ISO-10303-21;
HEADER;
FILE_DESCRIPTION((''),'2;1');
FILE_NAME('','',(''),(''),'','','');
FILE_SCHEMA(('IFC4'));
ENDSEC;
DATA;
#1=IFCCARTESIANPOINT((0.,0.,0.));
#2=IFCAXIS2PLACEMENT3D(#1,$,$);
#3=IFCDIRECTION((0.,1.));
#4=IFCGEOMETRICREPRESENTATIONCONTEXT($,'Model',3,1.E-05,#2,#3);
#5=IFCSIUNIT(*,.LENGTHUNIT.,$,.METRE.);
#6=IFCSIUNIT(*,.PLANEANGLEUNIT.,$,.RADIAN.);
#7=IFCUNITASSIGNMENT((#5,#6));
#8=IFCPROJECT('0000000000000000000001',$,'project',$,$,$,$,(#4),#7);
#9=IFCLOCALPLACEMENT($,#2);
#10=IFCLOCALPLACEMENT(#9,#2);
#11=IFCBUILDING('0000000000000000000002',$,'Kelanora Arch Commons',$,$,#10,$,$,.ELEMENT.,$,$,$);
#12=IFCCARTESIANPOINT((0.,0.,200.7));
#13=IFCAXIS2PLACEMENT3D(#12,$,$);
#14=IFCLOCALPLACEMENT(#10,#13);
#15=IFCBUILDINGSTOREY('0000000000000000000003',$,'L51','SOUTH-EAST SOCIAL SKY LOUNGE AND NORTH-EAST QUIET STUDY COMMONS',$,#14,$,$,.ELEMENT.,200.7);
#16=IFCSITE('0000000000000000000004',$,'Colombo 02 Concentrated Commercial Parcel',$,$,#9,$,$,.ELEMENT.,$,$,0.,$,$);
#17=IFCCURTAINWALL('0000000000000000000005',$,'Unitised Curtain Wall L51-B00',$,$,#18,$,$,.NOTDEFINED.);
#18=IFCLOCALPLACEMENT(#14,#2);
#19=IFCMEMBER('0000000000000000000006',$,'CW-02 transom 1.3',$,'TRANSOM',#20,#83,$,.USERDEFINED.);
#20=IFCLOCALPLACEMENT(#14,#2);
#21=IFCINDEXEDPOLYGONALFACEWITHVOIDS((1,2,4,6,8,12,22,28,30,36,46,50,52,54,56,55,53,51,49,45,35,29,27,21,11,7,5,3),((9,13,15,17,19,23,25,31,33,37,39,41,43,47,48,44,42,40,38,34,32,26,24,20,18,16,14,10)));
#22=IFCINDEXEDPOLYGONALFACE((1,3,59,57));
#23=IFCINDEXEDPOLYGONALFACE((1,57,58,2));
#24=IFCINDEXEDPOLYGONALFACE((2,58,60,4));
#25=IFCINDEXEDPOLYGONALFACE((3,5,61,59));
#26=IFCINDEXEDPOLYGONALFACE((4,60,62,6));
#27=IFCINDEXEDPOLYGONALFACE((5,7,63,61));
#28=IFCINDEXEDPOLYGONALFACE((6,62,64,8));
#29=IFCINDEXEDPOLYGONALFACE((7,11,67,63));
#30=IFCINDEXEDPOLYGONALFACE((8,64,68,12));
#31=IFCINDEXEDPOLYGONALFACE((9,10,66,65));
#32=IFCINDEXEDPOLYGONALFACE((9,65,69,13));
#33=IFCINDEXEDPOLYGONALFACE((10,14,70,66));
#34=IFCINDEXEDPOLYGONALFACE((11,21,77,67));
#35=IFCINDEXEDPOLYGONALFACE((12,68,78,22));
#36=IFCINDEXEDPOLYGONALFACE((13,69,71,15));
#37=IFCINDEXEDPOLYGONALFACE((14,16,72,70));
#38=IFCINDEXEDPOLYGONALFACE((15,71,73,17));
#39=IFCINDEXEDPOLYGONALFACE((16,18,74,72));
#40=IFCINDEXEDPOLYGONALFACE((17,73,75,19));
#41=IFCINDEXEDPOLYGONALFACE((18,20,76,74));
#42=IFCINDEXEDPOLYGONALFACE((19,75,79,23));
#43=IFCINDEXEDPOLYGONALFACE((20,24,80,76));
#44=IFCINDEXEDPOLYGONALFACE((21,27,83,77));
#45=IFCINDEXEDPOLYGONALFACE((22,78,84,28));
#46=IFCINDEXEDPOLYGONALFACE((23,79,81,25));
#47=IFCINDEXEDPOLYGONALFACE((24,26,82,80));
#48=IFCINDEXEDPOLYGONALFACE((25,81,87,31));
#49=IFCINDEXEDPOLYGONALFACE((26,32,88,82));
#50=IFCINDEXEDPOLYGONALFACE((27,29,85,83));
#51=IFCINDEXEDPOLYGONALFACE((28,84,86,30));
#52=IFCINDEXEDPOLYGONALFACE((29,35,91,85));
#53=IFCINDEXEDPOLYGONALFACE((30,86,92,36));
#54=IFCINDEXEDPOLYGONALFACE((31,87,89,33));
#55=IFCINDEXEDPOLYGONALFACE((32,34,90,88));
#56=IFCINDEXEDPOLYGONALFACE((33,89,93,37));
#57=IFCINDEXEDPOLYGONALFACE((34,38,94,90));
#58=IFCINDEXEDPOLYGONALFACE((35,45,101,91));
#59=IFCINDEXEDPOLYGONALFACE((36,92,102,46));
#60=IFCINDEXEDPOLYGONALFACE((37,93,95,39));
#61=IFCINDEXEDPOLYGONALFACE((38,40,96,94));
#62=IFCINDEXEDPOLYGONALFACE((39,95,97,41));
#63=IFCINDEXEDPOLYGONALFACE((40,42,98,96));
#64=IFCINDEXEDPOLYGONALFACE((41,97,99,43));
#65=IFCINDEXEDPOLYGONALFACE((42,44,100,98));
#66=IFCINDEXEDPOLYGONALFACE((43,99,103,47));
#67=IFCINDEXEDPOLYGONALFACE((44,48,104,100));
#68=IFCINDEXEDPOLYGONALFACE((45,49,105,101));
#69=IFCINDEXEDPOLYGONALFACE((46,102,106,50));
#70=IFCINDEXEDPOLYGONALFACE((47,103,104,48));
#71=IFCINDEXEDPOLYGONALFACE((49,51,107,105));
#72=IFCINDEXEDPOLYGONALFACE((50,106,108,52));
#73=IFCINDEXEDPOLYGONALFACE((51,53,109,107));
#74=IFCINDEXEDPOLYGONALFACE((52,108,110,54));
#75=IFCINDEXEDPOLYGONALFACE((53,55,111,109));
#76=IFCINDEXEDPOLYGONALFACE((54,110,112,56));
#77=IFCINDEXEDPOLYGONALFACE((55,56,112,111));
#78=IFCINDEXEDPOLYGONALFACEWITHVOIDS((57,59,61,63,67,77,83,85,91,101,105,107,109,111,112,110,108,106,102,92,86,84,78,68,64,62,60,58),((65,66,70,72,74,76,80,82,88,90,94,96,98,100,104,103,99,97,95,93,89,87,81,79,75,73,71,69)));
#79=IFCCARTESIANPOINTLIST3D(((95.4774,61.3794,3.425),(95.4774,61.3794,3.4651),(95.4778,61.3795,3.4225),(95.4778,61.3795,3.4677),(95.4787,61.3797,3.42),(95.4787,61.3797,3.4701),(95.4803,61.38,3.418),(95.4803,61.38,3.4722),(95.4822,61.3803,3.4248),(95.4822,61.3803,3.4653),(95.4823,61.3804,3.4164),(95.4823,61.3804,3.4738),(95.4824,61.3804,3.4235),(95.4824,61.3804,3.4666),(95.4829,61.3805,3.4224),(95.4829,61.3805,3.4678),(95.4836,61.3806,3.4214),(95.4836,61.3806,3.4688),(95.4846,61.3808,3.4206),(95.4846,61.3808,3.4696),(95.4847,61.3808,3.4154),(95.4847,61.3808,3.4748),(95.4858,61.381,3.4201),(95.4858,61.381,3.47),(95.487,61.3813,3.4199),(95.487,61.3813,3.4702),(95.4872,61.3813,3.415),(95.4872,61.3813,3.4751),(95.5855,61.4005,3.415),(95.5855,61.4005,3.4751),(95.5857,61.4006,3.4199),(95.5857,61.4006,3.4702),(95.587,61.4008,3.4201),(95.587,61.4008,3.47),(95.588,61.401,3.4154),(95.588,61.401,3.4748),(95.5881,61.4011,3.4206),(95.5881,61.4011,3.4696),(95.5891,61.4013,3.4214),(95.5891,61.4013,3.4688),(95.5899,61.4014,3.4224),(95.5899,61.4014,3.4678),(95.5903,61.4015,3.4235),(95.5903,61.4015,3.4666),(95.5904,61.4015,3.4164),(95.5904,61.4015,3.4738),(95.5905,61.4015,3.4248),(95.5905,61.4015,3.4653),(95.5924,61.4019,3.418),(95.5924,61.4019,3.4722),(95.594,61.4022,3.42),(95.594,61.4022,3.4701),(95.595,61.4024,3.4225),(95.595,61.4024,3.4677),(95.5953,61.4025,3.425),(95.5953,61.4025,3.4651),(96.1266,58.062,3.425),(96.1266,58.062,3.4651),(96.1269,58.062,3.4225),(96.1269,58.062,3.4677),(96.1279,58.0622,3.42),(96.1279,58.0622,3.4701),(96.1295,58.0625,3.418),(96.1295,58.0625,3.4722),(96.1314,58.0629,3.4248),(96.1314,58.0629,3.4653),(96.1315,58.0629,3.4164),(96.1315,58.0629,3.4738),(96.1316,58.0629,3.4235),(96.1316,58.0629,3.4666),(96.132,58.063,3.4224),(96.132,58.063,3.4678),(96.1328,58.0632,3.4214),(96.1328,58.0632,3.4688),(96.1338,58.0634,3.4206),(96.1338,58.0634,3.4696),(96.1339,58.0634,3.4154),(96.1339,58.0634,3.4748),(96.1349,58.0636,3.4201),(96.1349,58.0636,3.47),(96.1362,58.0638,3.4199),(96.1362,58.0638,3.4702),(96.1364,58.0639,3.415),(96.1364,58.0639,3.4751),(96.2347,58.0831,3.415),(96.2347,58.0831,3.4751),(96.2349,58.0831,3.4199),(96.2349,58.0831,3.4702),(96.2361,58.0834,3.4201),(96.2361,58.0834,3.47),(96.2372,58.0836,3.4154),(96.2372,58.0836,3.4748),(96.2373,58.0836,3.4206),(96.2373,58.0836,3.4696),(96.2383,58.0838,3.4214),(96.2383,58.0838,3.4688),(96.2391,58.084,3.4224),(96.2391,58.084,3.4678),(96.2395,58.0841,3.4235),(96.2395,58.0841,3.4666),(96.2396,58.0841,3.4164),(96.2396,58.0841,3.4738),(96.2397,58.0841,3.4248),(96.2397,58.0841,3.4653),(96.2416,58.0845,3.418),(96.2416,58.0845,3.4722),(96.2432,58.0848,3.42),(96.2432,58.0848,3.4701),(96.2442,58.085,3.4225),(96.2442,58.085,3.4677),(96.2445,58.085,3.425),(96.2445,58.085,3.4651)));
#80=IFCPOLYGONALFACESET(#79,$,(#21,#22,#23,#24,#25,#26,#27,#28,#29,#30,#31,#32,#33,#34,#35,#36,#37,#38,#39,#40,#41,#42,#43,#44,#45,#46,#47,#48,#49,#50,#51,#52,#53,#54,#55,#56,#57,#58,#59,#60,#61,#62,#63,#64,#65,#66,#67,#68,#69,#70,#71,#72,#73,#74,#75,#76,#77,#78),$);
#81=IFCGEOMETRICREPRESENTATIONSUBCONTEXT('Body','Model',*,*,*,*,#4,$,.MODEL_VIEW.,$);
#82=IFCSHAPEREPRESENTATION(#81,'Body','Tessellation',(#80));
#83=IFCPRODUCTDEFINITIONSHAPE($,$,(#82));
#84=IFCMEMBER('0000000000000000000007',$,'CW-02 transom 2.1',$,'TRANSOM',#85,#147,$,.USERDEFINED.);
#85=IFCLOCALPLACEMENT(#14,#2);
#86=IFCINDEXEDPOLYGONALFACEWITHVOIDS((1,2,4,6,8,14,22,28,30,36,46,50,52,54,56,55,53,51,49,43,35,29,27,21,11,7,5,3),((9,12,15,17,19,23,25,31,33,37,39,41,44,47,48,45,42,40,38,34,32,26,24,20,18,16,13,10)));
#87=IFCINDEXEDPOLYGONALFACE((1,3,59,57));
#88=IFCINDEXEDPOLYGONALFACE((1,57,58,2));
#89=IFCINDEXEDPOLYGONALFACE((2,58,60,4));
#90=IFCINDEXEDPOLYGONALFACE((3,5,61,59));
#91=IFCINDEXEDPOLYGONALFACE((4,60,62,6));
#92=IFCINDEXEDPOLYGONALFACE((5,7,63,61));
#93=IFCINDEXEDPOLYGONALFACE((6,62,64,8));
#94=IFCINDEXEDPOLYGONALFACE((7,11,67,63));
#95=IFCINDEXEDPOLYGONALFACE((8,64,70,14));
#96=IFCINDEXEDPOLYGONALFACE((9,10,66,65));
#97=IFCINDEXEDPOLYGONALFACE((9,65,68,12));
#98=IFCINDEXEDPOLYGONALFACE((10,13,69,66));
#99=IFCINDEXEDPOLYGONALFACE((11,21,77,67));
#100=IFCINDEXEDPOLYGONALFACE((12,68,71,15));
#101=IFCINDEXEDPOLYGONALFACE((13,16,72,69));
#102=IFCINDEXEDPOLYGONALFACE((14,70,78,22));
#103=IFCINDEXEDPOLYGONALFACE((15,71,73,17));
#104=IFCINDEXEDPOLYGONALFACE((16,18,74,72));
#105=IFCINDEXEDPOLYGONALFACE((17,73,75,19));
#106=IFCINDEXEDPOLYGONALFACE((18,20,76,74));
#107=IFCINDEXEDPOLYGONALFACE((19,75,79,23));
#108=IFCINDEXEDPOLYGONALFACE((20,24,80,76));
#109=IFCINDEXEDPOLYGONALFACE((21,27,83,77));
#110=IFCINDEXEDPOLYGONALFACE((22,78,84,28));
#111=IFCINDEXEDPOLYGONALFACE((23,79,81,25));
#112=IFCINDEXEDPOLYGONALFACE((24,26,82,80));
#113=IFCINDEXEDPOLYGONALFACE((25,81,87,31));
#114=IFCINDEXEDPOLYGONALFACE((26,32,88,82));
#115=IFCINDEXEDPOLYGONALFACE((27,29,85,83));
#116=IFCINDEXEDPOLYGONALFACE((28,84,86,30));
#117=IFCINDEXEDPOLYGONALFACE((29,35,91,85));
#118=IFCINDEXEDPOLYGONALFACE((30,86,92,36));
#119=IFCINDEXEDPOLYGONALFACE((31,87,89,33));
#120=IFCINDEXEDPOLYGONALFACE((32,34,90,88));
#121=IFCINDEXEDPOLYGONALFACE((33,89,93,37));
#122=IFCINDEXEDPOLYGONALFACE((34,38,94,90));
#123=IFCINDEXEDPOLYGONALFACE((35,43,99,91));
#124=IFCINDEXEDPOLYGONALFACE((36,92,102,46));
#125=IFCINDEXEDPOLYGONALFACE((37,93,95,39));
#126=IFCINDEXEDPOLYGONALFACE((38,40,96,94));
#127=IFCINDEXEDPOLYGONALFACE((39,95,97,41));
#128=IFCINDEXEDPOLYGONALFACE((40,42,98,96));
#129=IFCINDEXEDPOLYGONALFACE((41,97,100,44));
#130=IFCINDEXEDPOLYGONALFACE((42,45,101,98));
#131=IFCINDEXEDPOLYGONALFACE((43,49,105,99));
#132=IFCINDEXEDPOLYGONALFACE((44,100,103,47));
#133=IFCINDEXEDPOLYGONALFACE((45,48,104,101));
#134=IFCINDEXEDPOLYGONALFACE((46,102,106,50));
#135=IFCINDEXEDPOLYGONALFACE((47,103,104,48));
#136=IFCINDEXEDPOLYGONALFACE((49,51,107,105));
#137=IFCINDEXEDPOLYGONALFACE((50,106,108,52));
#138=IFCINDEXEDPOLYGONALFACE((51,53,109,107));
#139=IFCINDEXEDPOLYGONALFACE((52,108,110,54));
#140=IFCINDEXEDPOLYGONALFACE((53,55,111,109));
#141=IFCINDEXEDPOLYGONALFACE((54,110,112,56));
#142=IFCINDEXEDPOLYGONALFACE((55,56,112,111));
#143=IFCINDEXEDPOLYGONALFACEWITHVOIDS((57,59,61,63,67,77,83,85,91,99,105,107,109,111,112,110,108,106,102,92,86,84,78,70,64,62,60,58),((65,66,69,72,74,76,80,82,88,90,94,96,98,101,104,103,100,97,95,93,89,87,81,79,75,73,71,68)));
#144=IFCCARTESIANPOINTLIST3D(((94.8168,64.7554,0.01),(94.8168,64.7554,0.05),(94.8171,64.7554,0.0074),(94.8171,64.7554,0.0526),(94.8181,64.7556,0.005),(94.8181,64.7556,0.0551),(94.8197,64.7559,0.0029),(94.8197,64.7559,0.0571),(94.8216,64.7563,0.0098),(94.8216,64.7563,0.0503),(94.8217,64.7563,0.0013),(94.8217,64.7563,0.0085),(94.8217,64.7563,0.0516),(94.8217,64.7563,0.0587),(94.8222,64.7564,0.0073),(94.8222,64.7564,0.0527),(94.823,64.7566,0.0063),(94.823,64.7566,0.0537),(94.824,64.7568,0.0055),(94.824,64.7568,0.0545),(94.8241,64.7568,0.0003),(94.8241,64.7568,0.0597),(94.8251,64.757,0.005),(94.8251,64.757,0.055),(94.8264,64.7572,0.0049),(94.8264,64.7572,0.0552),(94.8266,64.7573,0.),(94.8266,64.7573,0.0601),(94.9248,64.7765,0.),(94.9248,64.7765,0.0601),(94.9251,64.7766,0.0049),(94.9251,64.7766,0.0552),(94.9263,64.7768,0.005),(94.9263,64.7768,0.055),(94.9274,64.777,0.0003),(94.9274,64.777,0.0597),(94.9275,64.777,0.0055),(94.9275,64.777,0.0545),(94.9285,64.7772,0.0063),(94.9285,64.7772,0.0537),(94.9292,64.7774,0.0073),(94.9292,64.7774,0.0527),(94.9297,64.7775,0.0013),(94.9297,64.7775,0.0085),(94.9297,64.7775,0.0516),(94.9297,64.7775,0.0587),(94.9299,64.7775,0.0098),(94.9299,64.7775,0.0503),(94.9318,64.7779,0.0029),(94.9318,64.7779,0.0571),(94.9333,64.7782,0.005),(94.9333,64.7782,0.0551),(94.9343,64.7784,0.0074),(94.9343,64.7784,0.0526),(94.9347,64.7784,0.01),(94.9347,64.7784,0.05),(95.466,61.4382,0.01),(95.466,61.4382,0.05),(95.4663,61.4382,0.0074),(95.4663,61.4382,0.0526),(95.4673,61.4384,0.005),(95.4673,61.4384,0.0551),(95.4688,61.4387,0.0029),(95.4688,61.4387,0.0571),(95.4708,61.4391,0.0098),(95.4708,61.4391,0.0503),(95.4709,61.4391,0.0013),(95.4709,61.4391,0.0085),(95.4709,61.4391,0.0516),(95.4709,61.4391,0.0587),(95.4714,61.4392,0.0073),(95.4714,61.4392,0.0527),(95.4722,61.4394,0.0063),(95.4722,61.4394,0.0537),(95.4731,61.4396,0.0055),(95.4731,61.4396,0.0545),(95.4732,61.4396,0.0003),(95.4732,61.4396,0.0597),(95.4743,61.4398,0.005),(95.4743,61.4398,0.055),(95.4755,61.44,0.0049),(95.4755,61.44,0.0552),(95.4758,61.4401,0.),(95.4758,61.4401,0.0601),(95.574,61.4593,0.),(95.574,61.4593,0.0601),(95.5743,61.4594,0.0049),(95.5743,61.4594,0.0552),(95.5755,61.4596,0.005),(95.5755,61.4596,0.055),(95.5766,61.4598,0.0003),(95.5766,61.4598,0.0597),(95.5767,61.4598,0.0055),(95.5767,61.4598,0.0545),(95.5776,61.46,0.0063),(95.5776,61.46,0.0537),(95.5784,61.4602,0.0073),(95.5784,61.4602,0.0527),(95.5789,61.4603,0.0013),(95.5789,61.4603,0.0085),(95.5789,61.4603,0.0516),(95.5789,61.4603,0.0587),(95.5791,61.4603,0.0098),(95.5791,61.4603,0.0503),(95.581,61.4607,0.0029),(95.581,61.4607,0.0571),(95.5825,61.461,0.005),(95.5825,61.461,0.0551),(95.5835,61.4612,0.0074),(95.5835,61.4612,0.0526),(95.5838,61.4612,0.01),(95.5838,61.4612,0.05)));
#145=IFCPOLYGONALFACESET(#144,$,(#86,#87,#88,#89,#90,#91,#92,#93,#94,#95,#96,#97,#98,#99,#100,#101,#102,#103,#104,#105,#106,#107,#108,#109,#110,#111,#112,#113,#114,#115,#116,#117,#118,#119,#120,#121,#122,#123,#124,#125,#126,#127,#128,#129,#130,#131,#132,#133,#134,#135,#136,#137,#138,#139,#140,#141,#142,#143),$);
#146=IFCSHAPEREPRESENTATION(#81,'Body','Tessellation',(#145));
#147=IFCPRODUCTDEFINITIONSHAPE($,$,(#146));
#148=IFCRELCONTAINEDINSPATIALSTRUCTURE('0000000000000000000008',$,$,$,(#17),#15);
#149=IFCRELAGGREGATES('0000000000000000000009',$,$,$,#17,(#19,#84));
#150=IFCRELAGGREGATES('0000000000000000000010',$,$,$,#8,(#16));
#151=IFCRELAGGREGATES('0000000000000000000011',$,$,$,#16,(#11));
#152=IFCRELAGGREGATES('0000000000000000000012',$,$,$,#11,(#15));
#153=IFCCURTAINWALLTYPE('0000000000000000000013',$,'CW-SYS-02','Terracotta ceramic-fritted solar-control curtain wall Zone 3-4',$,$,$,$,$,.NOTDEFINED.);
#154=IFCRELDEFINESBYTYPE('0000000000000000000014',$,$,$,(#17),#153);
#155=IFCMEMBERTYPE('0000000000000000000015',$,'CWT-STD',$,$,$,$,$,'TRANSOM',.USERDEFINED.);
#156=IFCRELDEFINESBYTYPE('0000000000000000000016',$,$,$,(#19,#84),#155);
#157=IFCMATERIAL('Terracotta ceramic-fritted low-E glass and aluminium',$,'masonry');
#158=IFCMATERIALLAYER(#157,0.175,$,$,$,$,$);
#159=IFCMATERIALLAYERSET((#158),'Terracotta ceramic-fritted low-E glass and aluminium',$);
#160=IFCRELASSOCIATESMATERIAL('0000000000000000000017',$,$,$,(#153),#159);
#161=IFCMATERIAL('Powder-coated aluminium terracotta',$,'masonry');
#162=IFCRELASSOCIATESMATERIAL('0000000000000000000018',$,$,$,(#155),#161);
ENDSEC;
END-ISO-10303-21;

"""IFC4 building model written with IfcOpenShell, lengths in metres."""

from ifc_helpers import new_model, si_unit, direction, frame, origin, origin_2d, place, context, subcontext, project, spatial, hollow_rectangle, extrude, material, layer, layer_set, material_profile, profile_set, type_object, element, aggregate, save


model = new_model("IFC4")

# Units and contexts
model_context = context("Model", 3, precision=1e-05, world=origin(), true_north=direction((0.0, 1.0)))
body_context = subcontext(model_context, "Body", "Model", "MODEL_VIEW")
ifc_project = project(units=[si_unit("LENGTHUNIT", "METRE"), si_unit("PLANEANGLEUNIT", "RADIAN")], contexts=[model_context])

# Site, building, storey
site_placement = place(None, origin())
site = spatial("IfcSite", under=ifc_project, at=site_placement, Name="Colombo 02 Concentrated Commercial Parcel", CompositionType="ELEMENT", RefElevation=0.0)
building_placement = place(site_placement, origin())
building = spatial("IfcBuilding", under=site, at=building_placement, Name="Kelanora Arch Commons", CompositionType="ELEMENT")
storey_placement = place(building_placement, frame((0.0, 0.0, 200.7)))
storey = spatial("IfcBuildingStorey", under=building, at=storey_placement, Name="L51", Description="SOUTH-EAST SOCIAL SKY LOUNGE AND NORTH-EAST QUIET STUDY COMMONS", CompositionType="ELEMENT", Elevation=200.7)

# Curtain wall, members
ifc_material_1 = material(Name="Terracotta ceramic-fritted low-E glass and aluminium", Category="masonry")
ifc_layer_1 = layer(ifc_material_1, 0.175)
ifc_layer_set_1 = layer_set([ifc_layer_1], Name="Terracotta ceramic-fritted low-E glass and aluminium")
curtain_wall_type = type_object("IfcCurtainWallType", Name="CW-SYS-02", Description="Terracotta ceramic-fritted solar-control curtain wall Zone 3-4", PredefinedType="NOTDEFINED", material=ifc_layer_set_1)
curtain_wall_placement = place(storey_placement, origin())
curtain_wall = element("IfcCurtainWall", 1, at=curtain_wall_placement, inside=storey, type_object=curtain_wall_type, Name="Unitised Curtain Wall L51-B00", PredefinedType="NOTDEFINED")
ifc_material_2 = material(Name="Powder-coated aluminium terracotta", Category="masonry")
ifc_material_profile_1 = material_profile(ifc_material_2, hollow_rectangle(XDim=0.1201, YDim=0.0601, WallThickness=0.0049, InnerFilletRadius=0.0049, OuterFilletRadius=0.01, at=origin_2d()), Name="CWT120x60")
ifc_profile_set_1 = profile_set([ifc_material_profile_1], Name="Powder-coated aluminium terracotta")
member_type_1 = type_object("IfcMemberType", Name="CWT-STD", ElementType="TRANSOM", PredefinedType="USERDEFINED", material=ifc_profile_set_1)
member_1_placement = place(storey_placement, frame((96.1855, 58.0735, 3.4451), z_axis=(-0.192045, 0.981386, 0.0), x_axis=(-0.981386, -0.192045, 0.0)))
member_1 = element("IfcMember", 2, at=member_1_placement, type_object=member_type_1, Name="CW-02 transom 1.3", ObjectType="TRANSOM", PredefinedType="USERDEFINED", context=body_context, shape_type="SweptSolid", body=[
    extrude(hollow_rectangle(XDim=0.1201, YDim=0.0601, WallThickness=0.0049, InnerFilletRadius=0.0049, OuterFilletRadius=0.01, at=origin_2d()), origin(), (0.0, 0.0, 1.0), 3.3804),
])
member_2_placement = place(storey_placement, frame((95.5249, 61.4497, 0.03), z_axis=(-0.192058, 0.981383, 0.0), x_axis=(-0.981383, -0.192058, 0.0)))
member_2 = element("IfcMember", 3, at=member_2_placement, type_object=member_type_1, Name="CW-02 transom 2.1", ObjectType="TRANSOM", PredefinedType="USERDEFINED", context=body_context, shape_type="SweptSolid", body=[
    extrude(hollow_rectangle(XDim=0.1201, YDim=0.0601, WallThickness=0.0049, InnerFilletRadius=0.0049, OuterFilletRadius=0.01, at=origin_2d()), origin(), (0.0, 0.0, 1.0), 3.3801),
])
aggregate(curtain_wall, [member_1, member_2])

save(model, "model.ifc")
